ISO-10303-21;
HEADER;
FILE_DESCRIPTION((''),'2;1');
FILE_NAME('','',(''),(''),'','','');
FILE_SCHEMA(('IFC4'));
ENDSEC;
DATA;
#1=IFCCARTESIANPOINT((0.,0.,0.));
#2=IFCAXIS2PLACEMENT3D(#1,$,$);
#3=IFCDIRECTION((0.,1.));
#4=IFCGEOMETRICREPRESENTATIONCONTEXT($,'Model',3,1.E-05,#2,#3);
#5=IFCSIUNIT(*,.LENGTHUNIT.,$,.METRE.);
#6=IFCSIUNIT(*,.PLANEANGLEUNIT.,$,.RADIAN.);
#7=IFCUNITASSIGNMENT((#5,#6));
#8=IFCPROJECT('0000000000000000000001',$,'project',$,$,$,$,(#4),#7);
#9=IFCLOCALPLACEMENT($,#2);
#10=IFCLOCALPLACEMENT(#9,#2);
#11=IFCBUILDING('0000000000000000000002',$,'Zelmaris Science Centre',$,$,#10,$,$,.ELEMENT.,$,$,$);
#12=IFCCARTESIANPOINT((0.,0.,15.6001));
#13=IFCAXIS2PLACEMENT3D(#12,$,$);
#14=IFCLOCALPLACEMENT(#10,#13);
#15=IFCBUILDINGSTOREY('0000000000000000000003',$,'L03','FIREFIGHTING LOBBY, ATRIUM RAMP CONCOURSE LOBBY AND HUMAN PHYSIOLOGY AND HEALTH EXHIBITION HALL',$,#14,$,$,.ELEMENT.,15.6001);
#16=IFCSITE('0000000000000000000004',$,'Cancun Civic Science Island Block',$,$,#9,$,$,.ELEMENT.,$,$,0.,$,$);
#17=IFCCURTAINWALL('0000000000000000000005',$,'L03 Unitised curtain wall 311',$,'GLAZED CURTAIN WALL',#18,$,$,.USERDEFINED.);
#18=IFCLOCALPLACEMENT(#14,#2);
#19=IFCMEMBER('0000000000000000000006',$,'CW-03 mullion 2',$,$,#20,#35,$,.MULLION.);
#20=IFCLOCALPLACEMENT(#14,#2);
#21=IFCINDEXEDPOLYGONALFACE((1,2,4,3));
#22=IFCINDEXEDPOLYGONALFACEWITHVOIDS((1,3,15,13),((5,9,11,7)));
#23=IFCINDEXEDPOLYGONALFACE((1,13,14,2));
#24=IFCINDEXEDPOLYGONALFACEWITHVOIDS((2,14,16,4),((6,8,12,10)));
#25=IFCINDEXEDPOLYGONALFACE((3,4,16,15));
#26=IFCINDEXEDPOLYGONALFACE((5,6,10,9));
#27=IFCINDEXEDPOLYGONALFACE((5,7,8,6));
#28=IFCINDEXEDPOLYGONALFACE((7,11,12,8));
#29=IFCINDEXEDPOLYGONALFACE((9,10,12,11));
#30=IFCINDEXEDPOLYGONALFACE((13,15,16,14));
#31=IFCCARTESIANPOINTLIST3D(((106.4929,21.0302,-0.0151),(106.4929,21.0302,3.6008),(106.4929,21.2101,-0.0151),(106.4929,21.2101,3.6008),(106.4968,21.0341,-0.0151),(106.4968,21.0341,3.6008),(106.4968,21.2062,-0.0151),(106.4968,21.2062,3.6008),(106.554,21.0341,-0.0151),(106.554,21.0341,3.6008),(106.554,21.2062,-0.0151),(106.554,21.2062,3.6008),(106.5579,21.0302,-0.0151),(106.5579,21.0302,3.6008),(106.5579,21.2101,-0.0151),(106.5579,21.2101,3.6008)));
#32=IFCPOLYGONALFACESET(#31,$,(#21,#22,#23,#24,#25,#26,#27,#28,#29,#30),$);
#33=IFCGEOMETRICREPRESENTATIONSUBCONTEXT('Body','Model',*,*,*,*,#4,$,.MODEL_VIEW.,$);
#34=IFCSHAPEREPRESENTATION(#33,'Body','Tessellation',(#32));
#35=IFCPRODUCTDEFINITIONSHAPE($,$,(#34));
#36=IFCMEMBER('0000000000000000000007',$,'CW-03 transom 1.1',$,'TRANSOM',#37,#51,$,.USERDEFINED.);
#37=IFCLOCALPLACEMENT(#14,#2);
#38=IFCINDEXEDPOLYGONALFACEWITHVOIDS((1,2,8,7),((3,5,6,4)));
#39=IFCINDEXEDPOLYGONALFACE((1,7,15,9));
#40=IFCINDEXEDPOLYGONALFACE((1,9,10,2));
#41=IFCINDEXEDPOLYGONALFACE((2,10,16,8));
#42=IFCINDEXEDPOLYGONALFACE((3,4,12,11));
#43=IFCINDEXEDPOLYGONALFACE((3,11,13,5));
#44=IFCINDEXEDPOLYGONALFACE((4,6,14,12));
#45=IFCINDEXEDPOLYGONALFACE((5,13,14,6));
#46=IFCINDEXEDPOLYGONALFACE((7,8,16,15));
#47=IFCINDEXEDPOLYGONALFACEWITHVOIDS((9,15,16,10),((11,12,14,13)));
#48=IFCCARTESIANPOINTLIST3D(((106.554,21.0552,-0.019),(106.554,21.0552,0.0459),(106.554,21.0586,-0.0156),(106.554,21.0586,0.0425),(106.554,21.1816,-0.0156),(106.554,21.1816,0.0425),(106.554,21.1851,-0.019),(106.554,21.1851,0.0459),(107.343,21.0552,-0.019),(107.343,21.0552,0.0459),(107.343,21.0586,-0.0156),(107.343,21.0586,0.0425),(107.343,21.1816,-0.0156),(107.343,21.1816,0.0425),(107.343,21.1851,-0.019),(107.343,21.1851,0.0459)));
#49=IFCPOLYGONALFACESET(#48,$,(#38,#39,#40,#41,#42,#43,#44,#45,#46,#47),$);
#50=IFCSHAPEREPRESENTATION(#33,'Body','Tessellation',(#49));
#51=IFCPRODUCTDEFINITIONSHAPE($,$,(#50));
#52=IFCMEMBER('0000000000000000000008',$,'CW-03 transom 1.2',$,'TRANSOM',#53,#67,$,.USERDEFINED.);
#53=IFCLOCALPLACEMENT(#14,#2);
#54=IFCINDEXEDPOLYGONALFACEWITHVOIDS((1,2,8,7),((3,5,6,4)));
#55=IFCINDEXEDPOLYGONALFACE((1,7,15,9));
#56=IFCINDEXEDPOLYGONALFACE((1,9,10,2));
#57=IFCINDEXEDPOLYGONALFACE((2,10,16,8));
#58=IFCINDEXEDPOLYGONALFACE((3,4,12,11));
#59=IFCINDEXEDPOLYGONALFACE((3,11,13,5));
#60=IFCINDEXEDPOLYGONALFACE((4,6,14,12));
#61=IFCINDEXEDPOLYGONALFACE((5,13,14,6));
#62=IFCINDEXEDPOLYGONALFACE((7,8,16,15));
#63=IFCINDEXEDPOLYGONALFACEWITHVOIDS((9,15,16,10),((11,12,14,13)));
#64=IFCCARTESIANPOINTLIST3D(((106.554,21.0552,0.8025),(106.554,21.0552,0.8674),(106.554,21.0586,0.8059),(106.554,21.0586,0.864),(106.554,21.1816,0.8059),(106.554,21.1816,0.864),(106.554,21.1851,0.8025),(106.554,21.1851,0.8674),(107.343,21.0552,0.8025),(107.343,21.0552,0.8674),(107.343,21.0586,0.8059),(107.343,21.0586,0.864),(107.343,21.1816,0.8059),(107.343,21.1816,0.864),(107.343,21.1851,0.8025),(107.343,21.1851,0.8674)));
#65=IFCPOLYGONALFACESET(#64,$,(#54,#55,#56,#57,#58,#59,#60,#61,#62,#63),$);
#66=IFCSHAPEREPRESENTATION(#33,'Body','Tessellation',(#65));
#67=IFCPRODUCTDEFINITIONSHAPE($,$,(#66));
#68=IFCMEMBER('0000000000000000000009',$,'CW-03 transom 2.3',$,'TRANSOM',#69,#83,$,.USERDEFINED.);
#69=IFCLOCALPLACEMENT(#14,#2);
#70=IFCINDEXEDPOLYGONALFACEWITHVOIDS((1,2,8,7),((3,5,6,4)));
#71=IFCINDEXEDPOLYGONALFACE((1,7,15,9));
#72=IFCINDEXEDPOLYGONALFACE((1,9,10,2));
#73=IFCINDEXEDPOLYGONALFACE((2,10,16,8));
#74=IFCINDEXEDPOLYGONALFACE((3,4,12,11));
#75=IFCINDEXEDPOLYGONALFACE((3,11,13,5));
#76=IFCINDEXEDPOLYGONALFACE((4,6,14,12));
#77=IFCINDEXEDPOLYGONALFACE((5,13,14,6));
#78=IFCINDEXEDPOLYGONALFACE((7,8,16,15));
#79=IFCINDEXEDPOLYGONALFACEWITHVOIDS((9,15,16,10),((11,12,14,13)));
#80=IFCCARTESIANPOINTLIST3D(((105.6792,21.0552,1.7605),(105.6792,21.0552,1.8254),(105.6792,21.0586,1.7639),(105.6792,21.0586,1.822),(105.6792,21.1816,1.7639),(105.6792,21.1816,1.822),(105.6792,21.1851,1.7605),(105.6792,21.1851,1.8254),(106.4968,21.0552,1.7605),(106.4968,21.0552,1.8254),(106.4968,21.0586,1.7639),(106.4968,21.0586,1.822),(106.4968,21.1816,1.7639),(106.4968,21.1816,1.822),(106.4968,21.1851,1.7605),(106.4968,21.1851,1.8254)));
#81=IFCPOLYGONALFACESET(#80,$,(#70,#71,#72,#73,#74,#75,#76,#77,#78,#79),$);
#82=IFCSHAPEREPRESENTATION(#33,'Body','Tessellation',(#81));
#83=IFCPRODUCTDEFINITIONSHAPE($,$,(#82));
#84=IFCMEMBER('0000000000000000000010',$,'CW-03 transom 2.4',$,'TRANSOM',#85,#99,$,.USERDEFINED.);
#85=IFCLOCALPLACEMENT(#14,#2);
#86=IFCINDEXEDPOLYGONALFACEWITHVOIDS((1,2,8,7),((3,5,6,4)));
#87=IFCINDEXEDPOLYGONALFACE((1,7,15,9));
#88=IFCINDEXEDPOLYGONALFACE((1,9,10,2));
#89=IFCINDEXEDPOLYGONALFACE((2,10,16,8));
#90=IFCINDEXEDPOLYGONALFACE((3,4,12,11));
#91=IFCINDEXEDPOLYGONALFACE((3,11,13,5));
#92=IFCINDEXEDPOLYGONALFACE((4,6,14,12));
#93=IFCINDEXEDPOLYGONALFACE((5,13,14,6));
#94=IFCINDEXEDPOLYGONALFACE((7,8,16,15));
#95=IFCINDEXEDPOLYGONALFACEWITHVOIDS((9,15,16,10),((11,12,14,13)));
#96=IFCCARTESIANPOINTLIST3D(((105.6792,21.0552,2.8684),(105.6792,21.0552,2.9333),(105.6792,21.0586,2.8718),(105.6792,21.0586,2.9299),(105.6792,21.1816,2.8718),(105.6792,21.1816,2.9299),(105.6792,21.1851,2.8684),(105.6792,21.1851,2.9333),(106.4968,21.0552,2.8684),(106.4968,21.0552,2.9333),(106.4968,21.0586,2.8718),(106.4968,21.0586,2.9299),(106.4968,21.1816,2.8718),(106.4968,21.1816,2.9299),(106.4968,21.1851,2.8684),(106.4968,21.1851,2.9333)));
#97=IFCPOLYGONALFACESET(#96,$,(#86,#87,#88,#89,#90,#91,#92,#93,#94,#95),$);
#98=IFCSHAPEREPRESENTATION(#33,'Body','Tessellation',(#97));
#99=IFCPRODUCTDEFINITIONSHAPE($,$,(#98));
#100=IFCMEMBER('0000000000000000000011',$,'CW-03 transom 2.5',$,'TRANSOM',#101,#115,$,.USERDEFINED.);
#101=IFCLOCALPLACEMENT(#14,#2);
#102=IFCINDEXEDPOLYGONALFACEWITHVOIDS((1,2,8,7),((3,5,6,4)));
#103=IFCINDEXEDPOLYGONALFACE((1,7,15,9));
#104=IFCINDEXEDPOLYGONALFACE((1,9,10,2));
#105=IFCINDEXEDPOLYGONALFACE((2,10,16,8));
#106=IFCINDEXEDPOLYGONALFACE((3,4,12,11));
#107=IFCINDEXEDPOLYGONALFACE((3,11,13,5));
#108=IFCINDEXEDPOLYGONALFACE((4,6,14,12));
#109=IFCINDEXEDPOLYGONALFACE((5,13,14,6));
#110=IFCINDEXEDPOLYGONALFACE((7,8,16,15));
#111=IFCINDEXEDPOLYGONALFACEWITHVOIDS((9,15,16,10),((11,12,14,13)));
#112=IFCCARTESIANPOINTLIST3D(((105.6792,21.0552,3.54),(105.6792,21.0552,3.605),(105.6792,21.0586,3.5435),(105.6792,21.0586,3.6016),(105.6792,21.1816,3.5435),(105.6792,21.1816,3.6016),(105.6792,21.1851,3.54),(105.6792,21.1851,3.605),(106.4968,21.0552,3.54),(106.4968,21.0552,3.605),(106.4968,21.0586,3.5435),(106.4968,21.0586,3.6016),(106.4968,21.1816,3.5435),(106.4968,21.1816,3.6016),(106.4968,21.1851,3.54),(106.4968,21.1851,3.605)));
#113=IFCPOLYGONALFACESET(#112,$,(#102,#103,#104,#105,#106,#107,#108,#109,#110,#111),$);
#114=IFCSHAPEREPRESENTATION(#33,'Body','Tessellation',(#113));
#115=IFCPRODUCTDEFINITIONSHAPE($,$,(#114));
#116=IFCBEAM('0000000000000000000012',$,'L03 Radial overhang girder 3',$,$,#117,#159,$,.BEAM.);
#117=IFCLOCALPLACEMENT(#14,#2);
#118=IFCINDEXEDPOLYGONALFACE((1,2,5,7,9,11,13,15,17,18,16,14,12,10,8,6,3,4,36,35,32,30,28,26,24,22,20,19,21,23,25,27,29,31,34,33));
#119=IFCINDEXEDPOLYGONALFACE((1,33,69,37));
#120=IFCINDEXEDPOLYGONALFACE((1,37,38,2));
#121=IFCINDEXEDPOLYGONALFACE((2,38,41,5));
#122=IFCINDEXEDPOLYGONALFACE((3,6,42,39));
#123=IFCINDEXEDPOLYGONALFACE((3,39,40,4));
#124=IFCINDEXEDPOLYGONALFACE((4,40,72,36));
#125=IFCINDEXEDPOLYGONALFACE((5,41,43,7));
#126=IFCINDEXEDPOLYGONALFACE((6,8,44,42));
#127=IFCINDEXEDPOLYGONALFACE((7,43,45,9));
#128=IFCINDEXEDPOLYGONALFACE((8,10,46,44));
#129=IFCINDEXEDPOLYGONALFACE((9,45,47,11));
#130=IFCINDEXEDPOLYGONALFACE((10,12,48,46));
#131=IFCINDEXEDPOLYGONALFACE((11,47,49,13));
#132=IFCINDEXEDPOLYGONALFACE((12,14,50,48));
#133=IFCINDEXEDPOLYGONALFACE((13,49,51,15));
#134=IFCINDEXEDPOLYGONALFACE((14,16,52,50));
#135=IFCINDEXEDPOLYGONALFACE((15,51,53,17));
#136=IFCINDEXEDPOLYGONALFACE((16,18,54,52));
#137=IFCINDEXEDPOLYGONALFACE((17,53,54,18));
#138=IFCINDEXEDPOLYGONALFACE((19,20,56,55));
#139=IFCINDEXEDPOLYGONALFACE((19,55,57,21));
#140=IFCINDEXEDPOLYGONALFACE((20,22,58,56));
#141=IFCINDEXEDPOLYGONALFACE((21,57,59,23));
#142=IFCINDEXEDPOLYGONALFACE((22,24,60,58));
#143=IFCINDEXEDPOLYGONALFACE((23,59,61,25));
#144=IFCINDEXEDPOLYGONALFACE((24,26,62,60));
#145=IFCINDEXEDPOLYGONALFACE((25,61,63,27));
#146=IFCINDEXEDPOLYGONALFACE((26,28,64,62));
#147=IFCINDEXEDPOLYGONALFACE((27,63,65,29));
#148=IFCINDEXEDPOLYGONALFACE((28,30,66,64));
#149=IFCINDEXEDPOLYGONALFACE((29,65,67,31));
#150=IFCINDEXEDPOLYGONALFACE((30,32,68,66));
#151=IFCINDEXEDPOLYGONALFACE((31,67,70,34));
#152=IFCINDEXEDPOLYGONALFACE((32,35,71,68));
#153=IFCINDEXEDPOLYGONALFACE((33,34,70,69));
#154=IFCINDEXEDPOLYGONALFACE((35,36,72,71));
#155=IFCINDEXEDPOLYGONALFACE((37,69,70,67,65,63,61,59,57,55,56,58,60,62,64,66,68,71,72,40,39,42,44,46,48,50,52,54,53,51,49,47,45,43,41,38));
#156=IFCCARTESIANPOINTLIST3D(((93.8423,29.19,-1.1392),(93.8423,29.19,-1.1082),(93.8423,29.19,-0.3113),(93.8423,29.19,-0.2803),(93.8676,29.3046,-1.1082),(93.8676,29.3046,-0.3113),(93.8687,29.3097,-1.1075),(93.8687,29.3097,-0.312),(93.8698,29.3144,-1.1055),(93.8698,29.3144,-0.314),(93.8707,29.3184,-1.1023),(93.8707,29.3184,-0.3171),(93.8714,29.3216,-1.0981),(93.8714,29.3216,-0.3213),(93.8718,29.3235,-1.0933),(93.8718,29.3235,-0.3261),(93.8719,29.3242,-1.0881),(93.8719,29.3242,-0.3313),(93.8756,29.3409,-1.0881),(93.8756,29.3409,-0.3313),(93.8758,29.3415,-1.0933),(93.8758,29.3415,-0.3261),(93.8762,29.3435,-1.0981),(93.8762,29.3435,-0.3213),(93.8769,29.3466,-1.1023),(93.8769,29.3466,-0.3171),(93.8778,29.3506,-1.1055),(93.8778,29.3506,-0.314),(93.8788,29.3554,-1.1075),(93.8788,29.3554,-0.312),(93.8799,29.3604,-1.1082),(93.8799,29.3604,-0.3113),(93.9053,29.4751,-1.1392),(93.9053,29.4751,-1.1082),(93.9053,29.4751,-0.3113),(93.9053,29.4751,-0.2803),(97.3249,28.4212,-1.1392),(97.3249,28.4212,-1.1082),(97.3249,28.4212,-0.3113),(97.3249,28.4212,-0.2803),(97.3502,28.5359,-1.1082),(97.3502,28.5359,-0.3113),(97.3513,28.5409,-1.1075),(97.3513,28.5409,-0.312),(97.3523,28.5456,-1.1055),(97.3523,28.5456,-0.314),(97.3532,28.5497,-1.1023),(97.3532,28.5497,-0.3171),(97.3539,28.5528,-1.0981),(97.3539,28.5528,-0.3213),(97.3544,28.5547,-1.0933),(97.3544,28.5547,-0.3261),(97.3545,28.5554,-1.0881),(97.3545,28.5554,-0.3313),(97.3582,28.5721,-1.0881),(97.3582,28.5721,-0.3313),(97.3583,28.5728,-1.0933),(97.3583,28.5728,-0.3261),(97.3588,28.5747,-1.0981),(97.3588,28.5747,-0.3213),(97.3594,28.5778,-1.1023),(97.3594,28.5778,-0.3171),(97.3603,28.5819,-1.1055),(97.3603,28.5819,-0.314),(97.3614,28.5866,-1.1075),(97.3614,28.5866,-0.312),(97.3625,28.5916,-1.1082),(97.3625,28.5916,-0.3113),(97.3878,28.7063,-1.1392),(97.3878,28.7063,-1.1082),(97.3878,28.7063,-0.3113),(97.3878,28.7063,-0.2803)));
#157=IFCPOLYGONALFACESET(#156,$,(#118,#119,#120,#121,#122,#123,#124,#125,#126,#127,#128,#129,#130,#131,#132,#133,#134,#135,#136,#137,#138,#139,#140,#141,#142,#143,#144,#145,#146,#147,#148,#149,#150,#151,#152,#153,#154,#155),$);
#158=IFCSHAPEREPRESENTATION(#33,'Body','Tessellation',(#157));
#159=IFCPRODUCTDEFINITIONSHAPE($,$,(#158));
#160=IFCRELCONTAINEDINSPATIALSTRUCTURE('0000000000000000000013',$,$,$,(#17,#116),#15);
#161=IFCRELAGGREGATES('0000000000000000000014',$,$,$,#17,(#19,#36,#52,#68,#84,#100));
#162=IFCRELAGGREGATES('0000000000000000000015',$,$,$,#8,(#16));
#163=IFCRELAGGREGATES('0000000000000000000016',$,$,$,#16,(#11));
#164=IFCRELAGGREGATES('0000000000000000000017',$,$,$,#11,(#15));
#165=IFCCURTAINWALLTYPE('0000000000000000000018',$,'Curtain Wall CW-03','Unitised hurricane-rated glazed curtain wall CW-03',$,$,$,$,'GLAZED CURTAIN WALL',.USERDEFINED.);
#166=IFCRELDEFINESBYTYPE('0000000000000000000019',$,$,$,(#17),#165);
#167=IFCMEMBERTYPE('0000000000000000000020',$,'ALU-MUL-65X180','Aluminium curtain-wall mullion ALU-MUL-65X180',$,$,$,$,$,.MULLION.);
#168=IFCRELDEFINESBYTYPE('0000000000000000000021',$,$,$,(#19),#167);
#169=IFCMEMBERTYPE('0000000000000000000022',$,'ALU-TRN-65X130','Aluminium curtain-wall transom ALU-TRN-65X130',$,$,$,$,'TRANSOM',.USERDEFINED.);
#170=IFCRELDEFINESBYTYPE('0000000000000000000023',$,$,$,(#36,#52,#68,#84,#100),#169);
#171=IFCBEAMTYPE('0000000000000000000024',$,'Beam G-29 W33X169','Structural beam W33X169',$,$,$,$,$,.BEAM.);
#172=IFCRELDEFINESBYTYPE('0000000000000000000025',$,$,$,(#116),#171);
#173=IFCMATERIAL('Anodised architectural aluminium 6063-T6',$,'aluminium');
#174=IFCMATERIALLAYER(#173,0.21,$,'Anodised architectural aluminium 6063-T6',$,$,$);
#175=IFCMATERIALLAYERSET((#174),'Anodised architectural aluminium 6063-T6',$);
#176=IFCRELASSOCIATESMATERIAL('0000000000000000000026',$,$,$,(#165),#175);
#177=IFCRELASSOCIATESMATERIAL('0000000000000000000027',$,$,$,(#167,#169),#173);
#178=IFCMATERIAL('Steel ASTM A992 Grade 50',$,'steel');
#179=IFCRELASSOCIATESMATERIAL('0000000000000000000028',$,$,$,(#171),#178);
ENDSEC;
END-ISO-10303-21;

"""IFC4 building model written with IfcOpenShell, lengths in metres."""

from ifc_helpers import new_model, si_unit, direction, frame, origin, origin_2d, place, context, subcontext, project, spatial, hollow_rectangle, i_section, extrude, material, layer, layer_set, material_profile, profile_set, type_object, element, aggregate, save


model = new_model("IFC4")

# Units and contexts
model_context = context("Model", 3, precision=1e-05, world=origin(), true_north=direction((0.0, 1.0)))
body_context = subcontext(model_context, "Body", "Model", "MODEL_VIEW")
ifc_project = project(units=[si_unit("LENGTHUNIT", "METRE"), si_unit("PLANEANGLEUNIT", "RADIAN")], contexts=[model_context])

# Site, building, storey
site_placement = place(None, origin())
site = spatial("IfcSite", under=ifc_project, at=site_placement, Name="Cancun Civic Science Island Block", CompositionType="ELEMENT", RefElevation=0.0)
building_placement = place(site_placement, origin())
building = spatial("IfcBuilding", under=site, at=building_placement, Name="Zelmaris Science Centre", CompositionType="ELEMENT")
storey_placement = place(building_placement, frame((0.0, 0.0, 15.6001)))
storey = spatial("IfcBuildingStorey", under=building, at=storey_placement, Name="L03", Description="FIREFIGHTING LOBBY, ATRIUM RAMP CONCOURSE LOBBY AND HUMAN PHYSIOLOGY AND HEALTH EXHIBITION HALL", CompositionType="ELEMENT", Elevation=15.6001)

# Curtain wall, members
ifc_material_1 = material(Name="Anodised architectural aluminium 6063-T6", Category="aluminium")
ifc_layer_1 = layer(ifc_material_1, 0.21, Name="Anodised architectural aluminium 6063-T6")
ifc_layer_set_1 = layer_set([ifc_layer_1], Name="Anodised architectural aluminium 6063-T6")
curtain_wall_type = type_object("IfcCurtainWallType", Name="Curtain Wall CW-03", Description="Unitised hurricane-rated glazed curtain wall CW-03", ElementType="GLAZED CURTAIN WALL", PredefinedType="USERDEFINED", material=ifc_layer_set_1)
curtain_wall_placement = place(storey_placement, origin())
curtain_wall = element("IfcCurtainWall", 1, at=curtain_wall_placement, inside=storey, type_object=curtain_wall_type, Name="L03 Unitised curtain wall 311", ObjectType="GLAZED CURTAIN WALL", PredefinedType="USERDEFINED")
ifc_material_profile_1 = material_profile(ifc_material_1, hollow_rectangle(XDim=0.0649, YDim=0.1799, WallThickness=0.0039, at=origin_2d()), Name="ALU-MUL-65X180")
ifc_profile_set_1 = profile_set([ifc_material_profile_1], Name="Anodised architectural aluminium 6063-T6")
member_type_1 = type_object("IfcMemberType", Name="ALU-MUL-65X180", Description="Aluminium curtain-wall mullion ALU-MUL-65X180", PredefinedType="MULLION", material=ifc_profile_set_1)
member_1_placement = place(storey_placement, frame((106.5254, 21.1201, -0.0151), z_axis=(0.0, 0.0, 1.0), x_axis=(-1.0, 0.000005, 0.0)))
member_1 = element("IfcMember", 2, at=member_1_placement, type_object=member_type_1, Name="CW-03 mullion 2", PredefinedType="MULLION", context=body_context, shape_type="SweptSolid", body=[
    extrude(hollow_rectangle(XDim=0.0649, YDim=0.1799, WallThickness=0.0039, at=origin_2d()), origin(), (0.0, 0.0, 1.0), 3.616),
])
ifc_material_profile_2 = material_profile(ifc_material_1, hollow_rectangle(XDim=0.0649, YDim=0.1299, WallThickness=0.0034, at=origin_2d()), Name="ALU-TRN-65X130")
ifc_profile_set_2 = profile_set([ifc_material_profile_2], Name="Anodised architectural aluminium 6063-T6")
member_type_2 = type_object("IfcMemberType", Name="ALU-TRN-65X130", Description="Aluminium curtain-wall transom ALU-TRN-65X130", ElementType="TRANSOM", PredefinedType="USERDEFINED", material=ifc_profile_set_2)
member_2_placement = place(storey_placement, frame((107.343, 21.1201, 0.0134), z_axis=(-1.0, 0.0, 0.0), x_axis=(0.0, 0.0, 1.0)))
member_2 = element("IfcMember", 3, at=member_2_placement, type_object=member_type_2, Name="CW-03 transom 1.1", ObjectType="TRANSOM", PredefinedType="USERDEFINED", context=body_context, shape_type="SweptSolid", body=[
    extrude(hollow_rectangle(XDim=0.0649, YDim=0.1299, WallThickness=0.0034, at=origin_2d()), origin(), (0.0, 0.0, 1.0), 0.7891),
])
member_3_placement = place(storey_placement, frame((107.343, 21.1201, 0.835), z_axis=(-1.0, 0.0, 0.0), x_axis=(0.0, 0.0, 1.0)))
member_3 = element("IfcMember", 4, at=member_3_placement, type_object=member_type_2, Name="CW-03 transom 1.2", ObjectType="TRANSOM", PredefinedType="USERDEFINED", context=body_context, shape_type="SweptSolid", body=[
    extrude(hollow_rectangle(XDim=0.0649, YDim=0.1299, WallThickness=0.0034, at=origin_2d()), origin(), (0.0, 0.0, 1.0), 0.7891),
])
member_4_placement = place(storey_placement, frame((106.4968, 21.1201, 1.793), z_axis=(-1.0, 0.0, 0.0), x_axis=(0.0, 0.0, 1.0)))
member_4 = element("IfcMember", 5, at=member_4_placement, type_object=member_type_2, Name="CW-03 transom 2.3", ObjectType="TRANSOM", PredefinedType="USERDEFINED", context=body_context, shape_type="SweptSolid", body=[
    extrude(hollow_rectangle(XDim=0.0649, YDim=0.1299, WallThickness=0.0034, at=origin_2d()), origin(), (0.0, 0.0, 1.0), 0.8176),
])
member_5_placement = place(storey_placement, frame((106.4968, 21.1201, 2.9009), z_axis=(-1.0, 0.0, 0.0), x_axis=(0.0, 0.0, 1.0)))
member_5 = element("IfcMember", 6, at=member_5_placement, type_object=member_type_2, Name="CW-03 transom 2.4", ObjectType="TRANSOM", PredefinedType="USERDEFINED", context=body_context, shape_type="SweptSolid", body=[
    extrude(hollow_rectangle(XDim=0.0649, YDim=0.1299, WallThickness=0.0034, at=origin_2d()), origin(), (0.0, 0.0, 1.0), 0.8176),
])
member_6_placement = place(storey_placement, frame((106.4968, 21.1201, 3.5725), z_axis=(-1.0, 0.0, 0.0), x_axis=(0.0, 0.0, 1.0)))
member_6 = element("IfcMember", 7, at=member_6_placement, type_object=member_type_2, Name="CW-03 transom 2.5", ObjectType="TRANSOM", PredefinedType="USERDEFINED", context=body_context, shape_type="SweptSolid", body=[
    extrude(hollow_rectangle(XDim=0.0649, YDim=0.1299, WallThickness=0.0034, at=origin_2d()), origin(), (0.0, 0.0, 1.0), 0.8176),
])

# Beam
ifc_material_2 = material(Name="Steel ASTM A992 Grade 50", Category="steel")
ifc_material_profile_3 = material_profile(ifc_material_2, i_section(OverallWidth=0.292, OverallDepth=0.8589, WebThickness=0.0171, FlangeThickness=0.031, FilletRadius=0.02, at=origin_2d()), Name="W33X169")
ifc_profile_set_3 = profile_set([ifc_material_profile_3], Name="Steel ASTM A992 Grade 50")
beam_type_1 = type_object("IfcBeamType", Name="Beam G-29 W33X169", Description="Structural beam W33X169", PredefinedType="BEAM", material=ifc_profile_set_3)
beam_1_placement = place(storey_placement, frame((93.8738, 29.3325, -0.7097), z_axis=(0.976491, -0.21556, 0.0), x_axis=(0.21556, 0.976491, 0.0)))
element("IfcBeam", 8, at=beam_1_placement, inside=storey, type_object=beam_type_1, Name="L03 Radial overhang girder 3", PredefinedType="BEAM", context=body_context, shape_type="SweptSolid", body=[
    extrude(i_section(OverallWidth=0.292, OverallDepth=0.8589, WebThickness=0.0171, FlangeThickness=0.031, FilletRadius=0.02, at=origin_2d()), origin(), (0.0, 0.0, 1.0), 3.5664),
])

aggregate(curtain_wall, [member_1, member_2, member_3, member_4, member_5, member_6])

save(model, "model.ifc")
